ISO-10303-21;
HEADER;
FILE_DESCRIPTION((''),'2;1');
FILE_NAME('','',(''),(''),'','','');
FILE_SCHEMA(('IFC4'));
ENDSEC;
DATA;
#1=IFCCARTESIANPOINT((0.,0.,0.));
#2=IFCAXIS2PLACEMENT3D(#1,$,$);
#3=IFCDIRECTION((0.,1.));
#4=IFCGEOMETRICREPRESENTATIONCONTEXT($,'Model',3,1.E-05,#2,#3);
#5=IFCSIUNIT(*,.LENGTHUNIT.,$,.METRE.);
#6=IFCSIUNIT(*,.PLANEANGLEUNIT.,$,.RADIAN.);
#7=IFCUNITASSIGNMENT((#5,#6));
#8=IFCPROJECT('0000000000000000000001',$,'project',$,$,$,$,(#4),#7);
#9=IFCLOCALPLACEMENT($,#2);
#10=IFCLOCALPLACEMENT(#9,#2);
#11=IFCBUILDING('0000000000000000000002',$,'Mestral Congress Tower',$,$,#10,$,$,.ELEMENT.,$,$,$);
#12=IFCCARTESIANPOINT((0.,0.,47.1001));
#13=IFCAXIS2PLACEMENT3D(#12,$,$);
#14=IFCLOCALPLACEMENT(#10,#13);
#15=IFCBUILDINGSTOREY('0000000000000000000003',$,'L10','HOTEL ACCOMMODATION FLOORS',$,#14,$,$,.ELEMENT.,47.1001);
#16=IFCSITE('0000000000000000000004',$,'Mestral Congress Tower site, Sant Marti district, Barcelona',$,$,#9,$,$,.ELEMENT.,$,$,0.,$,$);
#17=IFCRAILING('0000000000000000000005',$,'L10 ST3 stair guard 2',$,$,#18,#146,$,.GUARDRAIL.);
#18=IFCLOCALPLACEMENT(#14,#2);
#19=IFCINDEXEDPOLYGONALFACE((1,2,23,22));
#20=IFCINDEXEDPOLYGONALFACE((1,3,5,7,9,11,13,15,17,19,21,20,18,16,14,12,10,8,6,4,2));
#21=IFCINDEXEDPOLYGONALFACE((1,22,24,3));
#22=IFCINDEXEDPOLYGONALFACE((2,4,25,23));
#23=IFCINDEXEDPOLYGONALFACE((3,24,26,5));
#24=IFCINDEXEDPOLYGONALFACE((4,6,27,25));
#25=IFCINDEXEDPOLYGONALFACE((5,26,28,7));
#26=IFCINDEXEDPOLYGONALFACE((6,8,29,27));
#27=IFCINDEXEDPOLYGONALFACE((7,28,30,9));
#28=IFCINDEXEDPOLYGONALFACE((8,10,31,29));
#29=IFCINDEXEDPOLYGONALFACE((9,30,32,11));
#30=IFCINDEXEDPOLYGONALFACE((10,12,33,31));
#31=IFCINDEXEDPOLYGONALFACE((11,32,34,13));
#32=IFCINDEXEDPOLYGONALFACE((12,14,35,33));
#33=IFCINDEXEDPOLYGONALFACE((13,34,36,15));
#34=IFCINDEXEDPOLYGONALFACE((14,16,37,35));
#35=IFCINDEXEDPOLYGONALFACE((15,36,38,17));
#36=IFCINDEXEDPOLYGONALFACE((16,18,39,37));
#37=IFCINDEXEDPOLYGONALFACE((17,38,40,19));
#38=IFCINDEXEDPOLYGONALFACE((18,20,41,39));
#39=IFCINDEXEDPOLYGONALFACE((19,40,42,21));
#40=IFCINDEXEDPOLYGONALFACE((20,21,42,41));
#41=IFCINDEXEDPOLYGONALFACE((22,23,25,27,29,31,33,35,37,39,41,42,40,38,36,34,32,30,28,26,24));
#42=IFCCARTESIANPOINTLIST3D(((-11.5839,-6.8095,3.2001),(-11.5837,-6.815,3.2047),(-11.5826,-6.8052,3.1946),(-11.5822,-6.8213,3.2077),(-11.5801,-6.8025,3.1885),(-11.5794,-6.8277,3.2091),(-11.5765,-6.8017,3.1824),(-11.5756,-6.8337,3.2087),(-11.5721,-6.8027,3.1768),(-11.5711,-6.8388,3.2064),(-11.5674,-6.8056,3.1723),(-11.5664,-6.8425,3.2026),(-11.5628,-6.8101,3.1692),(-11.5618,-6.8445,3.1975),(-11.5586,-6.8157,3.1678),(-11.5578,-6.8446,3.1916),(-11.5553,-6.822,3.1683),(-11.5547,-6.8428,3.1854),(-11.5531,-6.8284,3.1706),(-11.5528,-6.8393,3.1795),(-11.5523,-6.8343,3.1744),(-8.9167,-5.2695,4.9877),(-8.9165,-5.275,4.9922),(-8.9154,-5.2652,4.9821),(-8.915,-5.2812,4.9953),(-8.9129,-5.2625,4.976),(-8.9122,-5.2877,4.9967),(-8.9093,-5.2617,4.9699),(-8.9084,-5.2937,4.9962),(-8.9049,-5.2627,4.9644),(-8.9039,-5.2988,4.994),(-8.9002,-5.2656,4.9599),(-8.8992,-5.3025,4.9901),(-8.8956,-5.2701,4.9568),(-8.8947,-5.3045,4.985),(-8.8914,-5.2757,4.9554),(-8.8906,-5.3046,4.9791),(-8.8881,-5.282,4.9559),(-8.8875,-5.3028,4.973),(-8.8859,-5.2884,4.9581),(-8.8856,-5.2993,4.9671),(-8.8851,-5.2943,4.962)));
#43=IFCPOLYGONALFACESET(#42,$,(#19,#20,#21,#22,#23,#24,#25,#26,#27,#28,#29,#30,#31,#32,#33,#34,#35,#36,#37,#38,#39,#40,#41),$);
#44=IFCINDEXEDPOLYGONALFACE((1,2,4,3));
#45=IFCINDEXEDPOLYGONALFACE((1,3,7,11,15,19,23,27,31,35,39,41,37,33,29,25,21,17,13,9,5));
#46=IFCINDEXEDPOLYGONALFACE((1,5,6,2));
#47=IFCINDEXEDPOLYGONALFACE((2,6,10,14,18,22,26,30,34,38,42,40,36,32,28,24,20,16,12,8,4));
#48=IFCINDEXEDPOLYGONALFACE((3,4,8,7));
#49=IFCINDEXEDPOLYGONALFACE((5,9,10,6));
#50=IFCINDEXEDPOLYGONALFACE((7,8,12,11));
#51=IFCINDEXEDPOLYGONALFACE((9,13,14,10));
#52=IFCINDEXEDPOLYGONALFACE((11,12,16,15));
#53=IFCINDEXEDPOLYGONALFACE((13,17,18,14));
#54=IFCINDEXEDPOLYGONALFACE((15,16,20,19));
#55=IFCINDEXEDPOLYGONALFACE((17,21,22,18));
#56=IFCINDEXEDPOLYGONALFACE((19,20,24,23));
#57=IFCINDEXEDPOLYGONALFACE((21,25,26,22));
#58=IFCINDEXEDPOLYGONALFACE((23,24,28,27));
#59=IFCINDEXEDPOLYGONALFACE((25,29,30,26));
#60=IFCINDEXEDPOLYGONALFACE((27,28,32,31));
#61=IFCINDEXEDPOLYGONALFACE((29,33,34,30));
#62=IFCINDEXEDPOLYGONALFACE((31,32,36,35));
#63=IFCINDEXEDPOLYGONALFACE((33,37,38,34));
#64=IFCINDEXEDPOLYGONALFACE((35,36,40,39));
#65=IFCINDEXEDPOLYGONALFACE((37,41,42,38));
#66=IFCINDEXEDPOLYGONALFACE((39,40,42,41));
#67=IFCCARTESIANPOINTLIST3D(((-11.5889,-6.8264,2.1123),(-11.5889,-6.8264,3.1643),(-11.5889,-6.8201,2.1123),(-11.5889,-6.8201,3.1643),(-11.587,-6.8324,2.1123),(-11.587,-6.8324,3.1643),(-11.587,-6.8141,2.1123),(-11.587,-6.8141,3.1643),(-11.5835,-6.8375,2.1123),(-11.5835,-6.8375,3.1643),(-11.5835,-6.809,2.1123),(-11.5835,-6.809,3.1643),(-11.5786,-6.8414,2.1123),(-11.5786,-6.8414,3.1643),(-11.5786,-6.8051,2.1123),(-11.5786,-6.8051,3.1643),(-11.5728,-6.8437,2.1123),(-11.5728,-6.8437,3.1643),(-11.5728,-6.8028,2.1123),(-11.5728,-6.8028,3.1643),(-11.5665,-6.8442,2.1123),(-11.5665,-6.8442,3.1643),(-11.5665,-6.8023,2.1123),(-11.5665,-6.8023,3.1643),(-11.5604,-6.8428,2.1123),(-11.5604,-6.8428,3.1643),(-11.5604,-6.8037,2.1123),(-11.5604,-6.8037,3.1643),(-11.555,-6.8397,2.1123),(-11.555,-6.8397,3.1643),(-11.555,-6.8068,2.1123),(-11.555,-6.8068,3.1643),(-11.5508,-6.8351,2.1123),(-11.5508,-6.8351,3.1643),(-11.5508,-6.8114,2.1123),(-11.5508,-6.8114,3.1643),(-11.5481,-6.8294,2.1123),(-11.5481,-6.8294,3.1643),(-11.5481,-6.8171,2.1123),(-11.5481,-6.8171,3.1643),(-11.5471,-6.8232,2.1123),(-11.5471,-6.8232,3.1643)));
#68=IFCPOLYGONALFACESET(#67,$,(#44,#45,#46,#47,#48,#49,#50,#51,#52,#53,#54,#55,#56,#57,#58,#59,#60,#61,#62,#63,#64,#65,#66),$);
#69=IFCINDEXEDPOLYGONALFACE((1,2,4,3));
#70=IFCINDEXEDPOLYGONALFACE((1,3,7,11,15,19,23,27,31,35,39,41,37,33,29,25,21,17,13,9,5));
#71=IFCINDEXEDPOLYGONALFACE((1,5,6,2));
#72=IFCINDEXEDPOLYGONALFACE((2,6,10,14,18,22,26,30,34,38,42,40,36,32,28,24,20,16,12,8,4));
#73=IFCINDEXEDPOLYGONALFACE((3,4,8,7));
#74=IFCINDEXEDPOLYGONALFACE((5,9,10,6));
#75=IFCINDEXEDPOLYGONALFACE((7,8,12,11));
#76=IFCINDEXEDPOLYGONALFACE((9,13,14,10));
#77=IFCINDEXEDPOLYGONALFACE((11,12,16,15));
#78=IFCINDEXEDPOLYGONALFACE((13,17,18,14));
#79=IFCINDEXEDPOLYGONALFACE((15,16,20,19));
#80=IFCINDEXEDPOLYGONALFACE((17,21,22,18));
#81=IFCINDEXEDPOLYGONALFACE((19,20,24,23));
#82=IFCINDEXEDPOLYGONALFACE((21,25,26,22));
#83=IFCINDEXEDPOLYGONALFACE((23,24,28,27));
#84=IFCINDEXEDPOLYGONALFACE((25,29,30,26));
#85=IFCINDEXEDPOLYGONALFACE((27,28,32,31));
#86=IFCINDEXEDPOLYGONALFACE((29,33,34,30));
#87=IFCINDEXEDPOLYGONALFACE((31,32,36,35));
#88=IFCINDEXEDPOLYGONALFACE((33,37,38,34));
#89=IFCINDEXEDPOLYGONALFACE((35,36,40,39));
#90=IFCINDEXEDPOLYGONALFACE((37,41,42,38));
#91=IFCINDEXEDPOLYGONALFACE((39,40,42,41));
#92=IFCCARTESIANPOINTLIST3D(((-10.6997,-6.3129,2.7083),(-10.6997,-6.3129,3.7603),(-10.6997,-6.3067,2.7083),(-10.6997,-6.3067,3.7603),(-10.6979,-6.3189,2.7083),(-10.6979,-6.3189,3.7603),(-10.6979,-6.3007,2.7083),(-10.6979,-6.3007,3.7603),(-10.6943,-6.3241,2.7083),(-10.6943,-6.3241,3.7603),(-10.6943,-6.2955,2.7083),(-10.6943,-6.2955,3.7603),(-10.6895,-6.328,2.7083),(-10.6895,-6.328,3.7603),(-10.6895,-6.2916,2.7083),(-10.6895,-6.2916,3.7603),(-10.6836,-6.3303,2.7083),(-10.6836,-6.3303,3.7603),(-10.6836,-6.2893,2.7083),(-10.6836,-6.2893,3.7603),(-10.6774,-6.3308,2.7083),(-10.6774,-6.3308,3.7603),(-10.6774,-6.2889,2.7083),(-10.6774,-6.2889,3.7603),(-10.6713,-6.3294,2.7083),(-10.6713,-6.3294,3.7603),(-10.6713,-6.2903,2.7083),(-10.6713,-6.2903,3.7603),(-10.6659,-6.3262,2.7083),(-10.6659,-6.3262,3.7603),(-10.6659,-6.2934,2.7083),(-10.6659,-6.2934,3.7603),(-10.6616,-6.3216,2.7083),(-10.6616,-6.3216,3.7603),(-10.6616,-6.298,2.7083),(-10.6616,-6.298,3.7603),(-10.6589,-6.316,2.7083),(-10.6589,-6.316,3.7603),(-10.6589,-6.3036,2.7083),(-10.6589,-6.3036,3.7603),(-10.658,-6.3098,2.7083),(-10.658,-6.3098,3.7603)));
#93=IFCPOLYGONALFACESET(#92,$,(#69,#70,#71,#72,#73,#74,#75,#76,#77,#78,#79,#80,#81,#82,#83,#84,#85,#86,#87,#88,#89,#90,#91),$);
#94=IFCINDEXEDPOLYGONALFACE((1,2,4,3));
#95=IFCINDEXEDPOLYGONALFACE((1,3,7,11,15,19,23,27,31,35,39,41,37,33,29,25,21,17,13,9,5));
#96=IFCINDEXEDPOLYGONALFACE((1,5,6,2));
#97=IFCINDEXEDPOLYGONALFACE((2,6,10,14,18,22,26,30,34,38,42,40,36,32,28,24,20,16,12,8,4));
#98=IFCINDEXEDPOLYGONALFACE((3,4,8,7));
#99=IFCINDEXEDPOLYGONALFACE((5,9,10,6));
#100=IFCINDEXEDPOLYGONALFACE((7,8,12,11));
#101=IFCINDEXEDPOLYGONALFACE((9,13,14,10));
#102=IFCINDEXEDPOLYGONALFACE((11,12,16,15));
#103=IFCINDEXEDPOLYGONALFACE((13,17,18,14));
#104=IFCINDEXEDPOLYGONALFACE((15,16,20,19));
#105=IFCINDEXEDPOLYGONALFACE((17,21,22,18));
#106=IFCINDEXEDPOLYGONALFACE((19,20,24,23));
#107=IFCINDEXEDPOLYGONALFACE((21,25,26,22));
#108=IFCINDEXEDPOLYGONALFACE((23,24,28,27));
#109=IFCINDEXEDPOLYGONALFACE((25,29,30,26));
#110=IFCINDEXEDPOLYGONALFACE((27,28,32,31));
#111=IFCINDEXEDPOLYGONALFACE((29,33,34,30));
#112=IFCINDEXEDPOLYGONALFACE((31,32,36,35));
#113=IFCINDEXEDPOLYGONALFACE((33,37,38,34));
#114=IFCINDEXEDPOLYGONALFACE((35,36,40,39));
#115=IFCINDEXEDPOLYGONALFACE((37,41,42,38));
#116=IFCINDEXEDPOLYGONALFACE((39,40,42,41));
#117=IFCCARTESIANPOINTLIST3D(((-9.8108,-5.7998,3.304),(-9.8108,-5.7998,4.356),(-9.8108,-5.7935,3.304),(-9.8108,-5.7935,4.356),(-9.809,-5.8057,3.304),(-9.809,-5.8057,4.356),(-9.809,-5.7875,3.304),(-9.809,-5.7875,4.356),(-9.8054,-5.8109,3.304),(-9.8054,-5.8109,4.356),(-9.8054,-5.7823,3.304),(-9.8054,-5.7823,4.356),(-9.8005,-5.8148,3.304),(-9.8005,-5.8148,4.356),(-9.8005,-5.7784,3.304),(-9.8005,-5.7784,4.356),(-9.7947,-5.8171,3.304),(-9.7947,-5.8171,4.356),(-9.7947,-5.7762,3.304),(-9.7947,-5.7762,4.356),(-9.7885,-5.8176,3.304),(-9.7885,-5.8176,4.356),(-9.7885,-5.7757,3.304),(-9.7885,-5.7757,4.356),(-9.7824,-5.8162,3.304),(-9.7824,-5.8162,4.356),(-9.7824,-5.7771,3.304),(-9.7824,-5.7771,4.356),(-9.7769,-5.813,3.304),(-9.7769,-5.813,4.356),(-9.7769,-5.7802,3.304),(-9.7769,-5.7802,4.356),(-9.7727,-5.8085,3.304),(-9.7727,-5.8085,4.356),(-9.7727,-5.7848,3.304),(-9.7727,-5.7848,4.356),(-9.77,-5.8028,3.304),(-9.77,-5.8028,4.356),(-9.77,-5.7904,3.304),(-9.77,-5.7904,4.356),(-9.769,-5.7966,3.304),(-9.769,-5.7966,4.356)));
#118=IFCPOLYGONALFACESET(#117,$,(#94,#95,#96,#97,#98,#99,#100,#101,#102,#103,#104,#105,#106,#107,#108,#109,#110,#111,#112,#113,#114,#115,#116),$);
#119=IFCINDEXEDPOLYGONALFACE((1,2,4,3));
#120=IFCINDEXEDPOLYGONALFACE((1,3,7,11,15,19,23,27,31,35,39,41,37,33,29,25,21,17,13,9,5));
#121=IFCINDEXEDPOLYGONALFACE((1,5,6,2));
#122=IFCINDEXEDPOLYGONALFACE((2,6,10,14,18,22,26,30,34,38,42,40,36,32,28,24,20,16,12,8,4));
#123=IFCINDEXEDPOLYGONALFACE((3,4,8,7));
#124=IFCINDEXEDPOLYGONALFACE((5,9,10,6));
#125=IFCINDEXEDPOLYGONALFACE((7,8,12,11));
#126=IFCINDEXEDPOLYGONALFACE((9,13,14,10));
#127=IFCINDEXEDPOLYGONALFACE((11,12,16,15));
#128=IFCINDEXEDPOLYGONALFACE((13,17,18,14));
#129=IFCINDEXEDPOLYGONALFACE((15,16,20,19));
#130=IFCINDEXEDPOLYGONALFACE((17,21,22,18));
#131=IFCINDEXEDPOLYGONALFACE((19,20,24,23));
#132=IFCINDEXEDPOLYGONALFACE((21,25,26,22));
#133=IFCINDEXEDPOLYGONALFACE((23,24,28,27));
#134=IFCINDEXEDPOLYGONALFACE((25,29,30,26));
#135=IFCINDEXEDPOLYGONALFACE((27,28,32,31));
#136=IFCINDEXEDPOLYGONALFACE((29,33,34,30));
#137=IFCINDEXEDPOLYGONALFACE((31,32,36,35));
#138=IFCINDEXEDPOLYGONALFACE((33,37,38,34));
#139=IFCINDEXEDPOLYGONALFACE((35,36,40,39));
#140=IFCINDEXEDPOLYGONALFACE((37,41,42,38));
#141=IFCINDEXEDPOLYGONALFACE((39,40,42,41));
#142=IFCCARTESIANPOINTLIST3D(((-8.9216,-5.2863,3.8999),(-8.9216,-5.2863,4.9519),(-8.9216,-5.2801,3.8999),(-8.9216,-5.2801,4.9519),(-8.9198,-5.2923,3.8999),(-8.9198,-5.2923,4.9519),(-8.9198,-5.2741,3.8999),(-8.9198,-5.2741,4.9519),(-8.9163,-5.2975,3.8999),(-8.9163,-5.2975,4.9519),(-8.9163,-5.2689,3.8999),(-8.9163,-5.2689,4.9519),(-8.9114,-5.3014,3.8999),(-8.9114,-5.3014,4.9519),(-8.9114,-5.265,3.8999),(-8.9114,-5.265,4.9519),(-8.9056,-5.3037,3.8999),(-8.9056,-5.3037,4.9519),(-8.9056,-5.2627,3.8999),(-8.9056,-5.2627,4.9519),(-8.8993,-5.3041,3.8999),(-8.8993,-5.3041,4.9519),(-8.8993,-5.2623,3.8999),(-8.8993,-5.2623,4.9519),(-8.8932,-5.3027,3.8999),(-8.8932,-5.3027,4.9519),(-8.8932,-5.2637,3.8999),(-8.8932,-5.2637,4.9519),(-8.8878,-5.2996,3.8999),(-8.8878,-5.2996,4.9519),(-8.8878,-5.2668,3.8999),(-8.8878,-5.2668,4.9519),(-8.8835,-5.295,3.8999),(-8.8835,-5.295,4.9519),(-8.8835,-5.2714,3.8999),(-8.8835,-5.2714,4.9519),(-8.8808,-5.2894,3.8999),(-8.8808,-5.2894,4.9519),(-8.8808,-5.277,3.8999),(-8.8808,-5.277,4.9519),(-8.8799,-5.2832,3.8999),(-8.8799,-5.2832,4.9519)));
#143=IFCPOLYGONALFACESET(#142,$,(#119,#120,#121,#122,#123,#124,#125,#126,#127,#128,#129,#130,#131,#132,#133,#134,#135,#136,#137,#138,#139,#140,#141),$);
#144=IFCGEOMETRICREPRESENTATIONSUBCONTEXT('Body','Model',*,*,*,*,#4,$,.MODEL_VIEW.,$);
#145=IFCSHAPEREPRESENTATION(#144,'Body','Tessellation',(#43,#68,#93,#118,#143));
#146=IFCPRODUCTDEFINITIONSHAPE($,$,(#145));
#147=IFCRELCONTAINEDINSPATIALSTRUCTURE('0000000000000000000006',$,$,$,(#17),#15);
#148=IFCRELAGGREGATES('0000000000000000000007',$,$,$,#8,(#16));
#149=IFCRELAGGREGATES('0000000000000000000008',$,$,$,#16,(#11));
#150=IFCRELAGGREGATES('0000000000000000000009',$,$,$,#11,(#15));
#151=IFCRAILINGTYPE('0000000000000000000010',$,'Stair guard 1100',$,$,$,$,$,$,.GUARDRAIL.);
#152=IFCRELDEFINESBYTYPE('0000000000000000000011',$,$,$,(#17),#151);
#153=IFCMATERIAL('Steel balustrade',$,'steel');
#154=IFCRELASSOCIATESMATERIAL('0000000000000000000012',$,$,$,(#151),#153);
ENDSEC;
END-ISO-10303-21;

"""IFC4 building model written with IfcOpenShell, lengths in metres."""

from ifc_helpers import new_model, si_unit, direction, frame, origin, origin_2d, place, context, subcontext, project, spatial, circle, extrude, material, type_object, element, save


model = new_model("IFC4")

# Units and contexts
model_context = context("Model", 3, precision=1e-05, world=origin(), true_north=direction((0.0, 1.0)))
body_context = subcontext(model_context, "Body", "Model", "MODEL_VIEW")
ifc_project = project(units=[si_unit("LENGTHUNIT", "METRE"), si_unit("PLANEANGLEUNIT", "RADIAN")], contexts=[model_context])

# Site, building, storey
site_placement = place(None, origin())
site = spatial("IfcSite", under=ifc_project, at=site_placement, Name="Mestral Congress Tower site, Sant Marti district, Barcelona", CompositionType="ELEMENT", RefElevation=0.0)
building_placement = place(site_placement, origin())
building = spatial("IfcBuilding", under=site, at=building_placement, Name="Mestral Congress Tower", CompositionType="ELEMENT")
storey_placement = place(building_placement, frame((0.0, 0.0, 47.1001)))
storey = spatial("IfcBuildingStorey", under=building, at=storey_placement, Name="L10", Description="HOTEL ACCOMMODATION FLOORS", CompositionType="ELEMENT", Elevation=47.1001)

# Railing
ifc_material_1 = material(Name="Steel balustrade", Category="steel")
railing_type_1 = type_object("IfcRailingType", Name="Stair guard 1100", PredefinedType="GUARDRAIL", material=ifc_material_1)
railing_1_placement = place(storey_placement, frame((-11.5681, -6.8232, 2.1123)))
element("IfcRailing", 1, at=railing_1_placement, inside=storey, type_object=railing_type_1, Name="L10 ST3 stair guard 2", PredefinedType="GUARDRAIL", context=body_context, shape_type="SweptSolid", body=[
    extrude(circle(Radius=0.0239, at=origin_2d()), frame((0.0, 0.0, 1.0762), z_axis=(0.748994, 0.432463, 0.50198), x_axis=(-0.500027, 0.86601, 0.0)), (0.0, 0.0, 1.0), 3.561),
    extrude(circle(Radius=0.021, at=origin_2d()), origin(), (0.0, 0.0, 1.0), 1.052),
    extrude(circle(Radius=0.021, at=origin_2d()), frame((0.8892, 0.5134, 0.5959)), (0.0, 0.0, 1.0), 1.052),
    extrude(circle(Radius=0.021, at=origin_2d()), frame((1.7781, 1.0266, 1.1917)), (0.0, 0.0, 1.0), 1.052),
    extrude(circle(Radius=0.021, at=origin_2d()), frame((2.6672, 1.54, 1.7876)), (0.0, 0.0, 1.0), 1.052),
])

save(model, "model.ifc")
